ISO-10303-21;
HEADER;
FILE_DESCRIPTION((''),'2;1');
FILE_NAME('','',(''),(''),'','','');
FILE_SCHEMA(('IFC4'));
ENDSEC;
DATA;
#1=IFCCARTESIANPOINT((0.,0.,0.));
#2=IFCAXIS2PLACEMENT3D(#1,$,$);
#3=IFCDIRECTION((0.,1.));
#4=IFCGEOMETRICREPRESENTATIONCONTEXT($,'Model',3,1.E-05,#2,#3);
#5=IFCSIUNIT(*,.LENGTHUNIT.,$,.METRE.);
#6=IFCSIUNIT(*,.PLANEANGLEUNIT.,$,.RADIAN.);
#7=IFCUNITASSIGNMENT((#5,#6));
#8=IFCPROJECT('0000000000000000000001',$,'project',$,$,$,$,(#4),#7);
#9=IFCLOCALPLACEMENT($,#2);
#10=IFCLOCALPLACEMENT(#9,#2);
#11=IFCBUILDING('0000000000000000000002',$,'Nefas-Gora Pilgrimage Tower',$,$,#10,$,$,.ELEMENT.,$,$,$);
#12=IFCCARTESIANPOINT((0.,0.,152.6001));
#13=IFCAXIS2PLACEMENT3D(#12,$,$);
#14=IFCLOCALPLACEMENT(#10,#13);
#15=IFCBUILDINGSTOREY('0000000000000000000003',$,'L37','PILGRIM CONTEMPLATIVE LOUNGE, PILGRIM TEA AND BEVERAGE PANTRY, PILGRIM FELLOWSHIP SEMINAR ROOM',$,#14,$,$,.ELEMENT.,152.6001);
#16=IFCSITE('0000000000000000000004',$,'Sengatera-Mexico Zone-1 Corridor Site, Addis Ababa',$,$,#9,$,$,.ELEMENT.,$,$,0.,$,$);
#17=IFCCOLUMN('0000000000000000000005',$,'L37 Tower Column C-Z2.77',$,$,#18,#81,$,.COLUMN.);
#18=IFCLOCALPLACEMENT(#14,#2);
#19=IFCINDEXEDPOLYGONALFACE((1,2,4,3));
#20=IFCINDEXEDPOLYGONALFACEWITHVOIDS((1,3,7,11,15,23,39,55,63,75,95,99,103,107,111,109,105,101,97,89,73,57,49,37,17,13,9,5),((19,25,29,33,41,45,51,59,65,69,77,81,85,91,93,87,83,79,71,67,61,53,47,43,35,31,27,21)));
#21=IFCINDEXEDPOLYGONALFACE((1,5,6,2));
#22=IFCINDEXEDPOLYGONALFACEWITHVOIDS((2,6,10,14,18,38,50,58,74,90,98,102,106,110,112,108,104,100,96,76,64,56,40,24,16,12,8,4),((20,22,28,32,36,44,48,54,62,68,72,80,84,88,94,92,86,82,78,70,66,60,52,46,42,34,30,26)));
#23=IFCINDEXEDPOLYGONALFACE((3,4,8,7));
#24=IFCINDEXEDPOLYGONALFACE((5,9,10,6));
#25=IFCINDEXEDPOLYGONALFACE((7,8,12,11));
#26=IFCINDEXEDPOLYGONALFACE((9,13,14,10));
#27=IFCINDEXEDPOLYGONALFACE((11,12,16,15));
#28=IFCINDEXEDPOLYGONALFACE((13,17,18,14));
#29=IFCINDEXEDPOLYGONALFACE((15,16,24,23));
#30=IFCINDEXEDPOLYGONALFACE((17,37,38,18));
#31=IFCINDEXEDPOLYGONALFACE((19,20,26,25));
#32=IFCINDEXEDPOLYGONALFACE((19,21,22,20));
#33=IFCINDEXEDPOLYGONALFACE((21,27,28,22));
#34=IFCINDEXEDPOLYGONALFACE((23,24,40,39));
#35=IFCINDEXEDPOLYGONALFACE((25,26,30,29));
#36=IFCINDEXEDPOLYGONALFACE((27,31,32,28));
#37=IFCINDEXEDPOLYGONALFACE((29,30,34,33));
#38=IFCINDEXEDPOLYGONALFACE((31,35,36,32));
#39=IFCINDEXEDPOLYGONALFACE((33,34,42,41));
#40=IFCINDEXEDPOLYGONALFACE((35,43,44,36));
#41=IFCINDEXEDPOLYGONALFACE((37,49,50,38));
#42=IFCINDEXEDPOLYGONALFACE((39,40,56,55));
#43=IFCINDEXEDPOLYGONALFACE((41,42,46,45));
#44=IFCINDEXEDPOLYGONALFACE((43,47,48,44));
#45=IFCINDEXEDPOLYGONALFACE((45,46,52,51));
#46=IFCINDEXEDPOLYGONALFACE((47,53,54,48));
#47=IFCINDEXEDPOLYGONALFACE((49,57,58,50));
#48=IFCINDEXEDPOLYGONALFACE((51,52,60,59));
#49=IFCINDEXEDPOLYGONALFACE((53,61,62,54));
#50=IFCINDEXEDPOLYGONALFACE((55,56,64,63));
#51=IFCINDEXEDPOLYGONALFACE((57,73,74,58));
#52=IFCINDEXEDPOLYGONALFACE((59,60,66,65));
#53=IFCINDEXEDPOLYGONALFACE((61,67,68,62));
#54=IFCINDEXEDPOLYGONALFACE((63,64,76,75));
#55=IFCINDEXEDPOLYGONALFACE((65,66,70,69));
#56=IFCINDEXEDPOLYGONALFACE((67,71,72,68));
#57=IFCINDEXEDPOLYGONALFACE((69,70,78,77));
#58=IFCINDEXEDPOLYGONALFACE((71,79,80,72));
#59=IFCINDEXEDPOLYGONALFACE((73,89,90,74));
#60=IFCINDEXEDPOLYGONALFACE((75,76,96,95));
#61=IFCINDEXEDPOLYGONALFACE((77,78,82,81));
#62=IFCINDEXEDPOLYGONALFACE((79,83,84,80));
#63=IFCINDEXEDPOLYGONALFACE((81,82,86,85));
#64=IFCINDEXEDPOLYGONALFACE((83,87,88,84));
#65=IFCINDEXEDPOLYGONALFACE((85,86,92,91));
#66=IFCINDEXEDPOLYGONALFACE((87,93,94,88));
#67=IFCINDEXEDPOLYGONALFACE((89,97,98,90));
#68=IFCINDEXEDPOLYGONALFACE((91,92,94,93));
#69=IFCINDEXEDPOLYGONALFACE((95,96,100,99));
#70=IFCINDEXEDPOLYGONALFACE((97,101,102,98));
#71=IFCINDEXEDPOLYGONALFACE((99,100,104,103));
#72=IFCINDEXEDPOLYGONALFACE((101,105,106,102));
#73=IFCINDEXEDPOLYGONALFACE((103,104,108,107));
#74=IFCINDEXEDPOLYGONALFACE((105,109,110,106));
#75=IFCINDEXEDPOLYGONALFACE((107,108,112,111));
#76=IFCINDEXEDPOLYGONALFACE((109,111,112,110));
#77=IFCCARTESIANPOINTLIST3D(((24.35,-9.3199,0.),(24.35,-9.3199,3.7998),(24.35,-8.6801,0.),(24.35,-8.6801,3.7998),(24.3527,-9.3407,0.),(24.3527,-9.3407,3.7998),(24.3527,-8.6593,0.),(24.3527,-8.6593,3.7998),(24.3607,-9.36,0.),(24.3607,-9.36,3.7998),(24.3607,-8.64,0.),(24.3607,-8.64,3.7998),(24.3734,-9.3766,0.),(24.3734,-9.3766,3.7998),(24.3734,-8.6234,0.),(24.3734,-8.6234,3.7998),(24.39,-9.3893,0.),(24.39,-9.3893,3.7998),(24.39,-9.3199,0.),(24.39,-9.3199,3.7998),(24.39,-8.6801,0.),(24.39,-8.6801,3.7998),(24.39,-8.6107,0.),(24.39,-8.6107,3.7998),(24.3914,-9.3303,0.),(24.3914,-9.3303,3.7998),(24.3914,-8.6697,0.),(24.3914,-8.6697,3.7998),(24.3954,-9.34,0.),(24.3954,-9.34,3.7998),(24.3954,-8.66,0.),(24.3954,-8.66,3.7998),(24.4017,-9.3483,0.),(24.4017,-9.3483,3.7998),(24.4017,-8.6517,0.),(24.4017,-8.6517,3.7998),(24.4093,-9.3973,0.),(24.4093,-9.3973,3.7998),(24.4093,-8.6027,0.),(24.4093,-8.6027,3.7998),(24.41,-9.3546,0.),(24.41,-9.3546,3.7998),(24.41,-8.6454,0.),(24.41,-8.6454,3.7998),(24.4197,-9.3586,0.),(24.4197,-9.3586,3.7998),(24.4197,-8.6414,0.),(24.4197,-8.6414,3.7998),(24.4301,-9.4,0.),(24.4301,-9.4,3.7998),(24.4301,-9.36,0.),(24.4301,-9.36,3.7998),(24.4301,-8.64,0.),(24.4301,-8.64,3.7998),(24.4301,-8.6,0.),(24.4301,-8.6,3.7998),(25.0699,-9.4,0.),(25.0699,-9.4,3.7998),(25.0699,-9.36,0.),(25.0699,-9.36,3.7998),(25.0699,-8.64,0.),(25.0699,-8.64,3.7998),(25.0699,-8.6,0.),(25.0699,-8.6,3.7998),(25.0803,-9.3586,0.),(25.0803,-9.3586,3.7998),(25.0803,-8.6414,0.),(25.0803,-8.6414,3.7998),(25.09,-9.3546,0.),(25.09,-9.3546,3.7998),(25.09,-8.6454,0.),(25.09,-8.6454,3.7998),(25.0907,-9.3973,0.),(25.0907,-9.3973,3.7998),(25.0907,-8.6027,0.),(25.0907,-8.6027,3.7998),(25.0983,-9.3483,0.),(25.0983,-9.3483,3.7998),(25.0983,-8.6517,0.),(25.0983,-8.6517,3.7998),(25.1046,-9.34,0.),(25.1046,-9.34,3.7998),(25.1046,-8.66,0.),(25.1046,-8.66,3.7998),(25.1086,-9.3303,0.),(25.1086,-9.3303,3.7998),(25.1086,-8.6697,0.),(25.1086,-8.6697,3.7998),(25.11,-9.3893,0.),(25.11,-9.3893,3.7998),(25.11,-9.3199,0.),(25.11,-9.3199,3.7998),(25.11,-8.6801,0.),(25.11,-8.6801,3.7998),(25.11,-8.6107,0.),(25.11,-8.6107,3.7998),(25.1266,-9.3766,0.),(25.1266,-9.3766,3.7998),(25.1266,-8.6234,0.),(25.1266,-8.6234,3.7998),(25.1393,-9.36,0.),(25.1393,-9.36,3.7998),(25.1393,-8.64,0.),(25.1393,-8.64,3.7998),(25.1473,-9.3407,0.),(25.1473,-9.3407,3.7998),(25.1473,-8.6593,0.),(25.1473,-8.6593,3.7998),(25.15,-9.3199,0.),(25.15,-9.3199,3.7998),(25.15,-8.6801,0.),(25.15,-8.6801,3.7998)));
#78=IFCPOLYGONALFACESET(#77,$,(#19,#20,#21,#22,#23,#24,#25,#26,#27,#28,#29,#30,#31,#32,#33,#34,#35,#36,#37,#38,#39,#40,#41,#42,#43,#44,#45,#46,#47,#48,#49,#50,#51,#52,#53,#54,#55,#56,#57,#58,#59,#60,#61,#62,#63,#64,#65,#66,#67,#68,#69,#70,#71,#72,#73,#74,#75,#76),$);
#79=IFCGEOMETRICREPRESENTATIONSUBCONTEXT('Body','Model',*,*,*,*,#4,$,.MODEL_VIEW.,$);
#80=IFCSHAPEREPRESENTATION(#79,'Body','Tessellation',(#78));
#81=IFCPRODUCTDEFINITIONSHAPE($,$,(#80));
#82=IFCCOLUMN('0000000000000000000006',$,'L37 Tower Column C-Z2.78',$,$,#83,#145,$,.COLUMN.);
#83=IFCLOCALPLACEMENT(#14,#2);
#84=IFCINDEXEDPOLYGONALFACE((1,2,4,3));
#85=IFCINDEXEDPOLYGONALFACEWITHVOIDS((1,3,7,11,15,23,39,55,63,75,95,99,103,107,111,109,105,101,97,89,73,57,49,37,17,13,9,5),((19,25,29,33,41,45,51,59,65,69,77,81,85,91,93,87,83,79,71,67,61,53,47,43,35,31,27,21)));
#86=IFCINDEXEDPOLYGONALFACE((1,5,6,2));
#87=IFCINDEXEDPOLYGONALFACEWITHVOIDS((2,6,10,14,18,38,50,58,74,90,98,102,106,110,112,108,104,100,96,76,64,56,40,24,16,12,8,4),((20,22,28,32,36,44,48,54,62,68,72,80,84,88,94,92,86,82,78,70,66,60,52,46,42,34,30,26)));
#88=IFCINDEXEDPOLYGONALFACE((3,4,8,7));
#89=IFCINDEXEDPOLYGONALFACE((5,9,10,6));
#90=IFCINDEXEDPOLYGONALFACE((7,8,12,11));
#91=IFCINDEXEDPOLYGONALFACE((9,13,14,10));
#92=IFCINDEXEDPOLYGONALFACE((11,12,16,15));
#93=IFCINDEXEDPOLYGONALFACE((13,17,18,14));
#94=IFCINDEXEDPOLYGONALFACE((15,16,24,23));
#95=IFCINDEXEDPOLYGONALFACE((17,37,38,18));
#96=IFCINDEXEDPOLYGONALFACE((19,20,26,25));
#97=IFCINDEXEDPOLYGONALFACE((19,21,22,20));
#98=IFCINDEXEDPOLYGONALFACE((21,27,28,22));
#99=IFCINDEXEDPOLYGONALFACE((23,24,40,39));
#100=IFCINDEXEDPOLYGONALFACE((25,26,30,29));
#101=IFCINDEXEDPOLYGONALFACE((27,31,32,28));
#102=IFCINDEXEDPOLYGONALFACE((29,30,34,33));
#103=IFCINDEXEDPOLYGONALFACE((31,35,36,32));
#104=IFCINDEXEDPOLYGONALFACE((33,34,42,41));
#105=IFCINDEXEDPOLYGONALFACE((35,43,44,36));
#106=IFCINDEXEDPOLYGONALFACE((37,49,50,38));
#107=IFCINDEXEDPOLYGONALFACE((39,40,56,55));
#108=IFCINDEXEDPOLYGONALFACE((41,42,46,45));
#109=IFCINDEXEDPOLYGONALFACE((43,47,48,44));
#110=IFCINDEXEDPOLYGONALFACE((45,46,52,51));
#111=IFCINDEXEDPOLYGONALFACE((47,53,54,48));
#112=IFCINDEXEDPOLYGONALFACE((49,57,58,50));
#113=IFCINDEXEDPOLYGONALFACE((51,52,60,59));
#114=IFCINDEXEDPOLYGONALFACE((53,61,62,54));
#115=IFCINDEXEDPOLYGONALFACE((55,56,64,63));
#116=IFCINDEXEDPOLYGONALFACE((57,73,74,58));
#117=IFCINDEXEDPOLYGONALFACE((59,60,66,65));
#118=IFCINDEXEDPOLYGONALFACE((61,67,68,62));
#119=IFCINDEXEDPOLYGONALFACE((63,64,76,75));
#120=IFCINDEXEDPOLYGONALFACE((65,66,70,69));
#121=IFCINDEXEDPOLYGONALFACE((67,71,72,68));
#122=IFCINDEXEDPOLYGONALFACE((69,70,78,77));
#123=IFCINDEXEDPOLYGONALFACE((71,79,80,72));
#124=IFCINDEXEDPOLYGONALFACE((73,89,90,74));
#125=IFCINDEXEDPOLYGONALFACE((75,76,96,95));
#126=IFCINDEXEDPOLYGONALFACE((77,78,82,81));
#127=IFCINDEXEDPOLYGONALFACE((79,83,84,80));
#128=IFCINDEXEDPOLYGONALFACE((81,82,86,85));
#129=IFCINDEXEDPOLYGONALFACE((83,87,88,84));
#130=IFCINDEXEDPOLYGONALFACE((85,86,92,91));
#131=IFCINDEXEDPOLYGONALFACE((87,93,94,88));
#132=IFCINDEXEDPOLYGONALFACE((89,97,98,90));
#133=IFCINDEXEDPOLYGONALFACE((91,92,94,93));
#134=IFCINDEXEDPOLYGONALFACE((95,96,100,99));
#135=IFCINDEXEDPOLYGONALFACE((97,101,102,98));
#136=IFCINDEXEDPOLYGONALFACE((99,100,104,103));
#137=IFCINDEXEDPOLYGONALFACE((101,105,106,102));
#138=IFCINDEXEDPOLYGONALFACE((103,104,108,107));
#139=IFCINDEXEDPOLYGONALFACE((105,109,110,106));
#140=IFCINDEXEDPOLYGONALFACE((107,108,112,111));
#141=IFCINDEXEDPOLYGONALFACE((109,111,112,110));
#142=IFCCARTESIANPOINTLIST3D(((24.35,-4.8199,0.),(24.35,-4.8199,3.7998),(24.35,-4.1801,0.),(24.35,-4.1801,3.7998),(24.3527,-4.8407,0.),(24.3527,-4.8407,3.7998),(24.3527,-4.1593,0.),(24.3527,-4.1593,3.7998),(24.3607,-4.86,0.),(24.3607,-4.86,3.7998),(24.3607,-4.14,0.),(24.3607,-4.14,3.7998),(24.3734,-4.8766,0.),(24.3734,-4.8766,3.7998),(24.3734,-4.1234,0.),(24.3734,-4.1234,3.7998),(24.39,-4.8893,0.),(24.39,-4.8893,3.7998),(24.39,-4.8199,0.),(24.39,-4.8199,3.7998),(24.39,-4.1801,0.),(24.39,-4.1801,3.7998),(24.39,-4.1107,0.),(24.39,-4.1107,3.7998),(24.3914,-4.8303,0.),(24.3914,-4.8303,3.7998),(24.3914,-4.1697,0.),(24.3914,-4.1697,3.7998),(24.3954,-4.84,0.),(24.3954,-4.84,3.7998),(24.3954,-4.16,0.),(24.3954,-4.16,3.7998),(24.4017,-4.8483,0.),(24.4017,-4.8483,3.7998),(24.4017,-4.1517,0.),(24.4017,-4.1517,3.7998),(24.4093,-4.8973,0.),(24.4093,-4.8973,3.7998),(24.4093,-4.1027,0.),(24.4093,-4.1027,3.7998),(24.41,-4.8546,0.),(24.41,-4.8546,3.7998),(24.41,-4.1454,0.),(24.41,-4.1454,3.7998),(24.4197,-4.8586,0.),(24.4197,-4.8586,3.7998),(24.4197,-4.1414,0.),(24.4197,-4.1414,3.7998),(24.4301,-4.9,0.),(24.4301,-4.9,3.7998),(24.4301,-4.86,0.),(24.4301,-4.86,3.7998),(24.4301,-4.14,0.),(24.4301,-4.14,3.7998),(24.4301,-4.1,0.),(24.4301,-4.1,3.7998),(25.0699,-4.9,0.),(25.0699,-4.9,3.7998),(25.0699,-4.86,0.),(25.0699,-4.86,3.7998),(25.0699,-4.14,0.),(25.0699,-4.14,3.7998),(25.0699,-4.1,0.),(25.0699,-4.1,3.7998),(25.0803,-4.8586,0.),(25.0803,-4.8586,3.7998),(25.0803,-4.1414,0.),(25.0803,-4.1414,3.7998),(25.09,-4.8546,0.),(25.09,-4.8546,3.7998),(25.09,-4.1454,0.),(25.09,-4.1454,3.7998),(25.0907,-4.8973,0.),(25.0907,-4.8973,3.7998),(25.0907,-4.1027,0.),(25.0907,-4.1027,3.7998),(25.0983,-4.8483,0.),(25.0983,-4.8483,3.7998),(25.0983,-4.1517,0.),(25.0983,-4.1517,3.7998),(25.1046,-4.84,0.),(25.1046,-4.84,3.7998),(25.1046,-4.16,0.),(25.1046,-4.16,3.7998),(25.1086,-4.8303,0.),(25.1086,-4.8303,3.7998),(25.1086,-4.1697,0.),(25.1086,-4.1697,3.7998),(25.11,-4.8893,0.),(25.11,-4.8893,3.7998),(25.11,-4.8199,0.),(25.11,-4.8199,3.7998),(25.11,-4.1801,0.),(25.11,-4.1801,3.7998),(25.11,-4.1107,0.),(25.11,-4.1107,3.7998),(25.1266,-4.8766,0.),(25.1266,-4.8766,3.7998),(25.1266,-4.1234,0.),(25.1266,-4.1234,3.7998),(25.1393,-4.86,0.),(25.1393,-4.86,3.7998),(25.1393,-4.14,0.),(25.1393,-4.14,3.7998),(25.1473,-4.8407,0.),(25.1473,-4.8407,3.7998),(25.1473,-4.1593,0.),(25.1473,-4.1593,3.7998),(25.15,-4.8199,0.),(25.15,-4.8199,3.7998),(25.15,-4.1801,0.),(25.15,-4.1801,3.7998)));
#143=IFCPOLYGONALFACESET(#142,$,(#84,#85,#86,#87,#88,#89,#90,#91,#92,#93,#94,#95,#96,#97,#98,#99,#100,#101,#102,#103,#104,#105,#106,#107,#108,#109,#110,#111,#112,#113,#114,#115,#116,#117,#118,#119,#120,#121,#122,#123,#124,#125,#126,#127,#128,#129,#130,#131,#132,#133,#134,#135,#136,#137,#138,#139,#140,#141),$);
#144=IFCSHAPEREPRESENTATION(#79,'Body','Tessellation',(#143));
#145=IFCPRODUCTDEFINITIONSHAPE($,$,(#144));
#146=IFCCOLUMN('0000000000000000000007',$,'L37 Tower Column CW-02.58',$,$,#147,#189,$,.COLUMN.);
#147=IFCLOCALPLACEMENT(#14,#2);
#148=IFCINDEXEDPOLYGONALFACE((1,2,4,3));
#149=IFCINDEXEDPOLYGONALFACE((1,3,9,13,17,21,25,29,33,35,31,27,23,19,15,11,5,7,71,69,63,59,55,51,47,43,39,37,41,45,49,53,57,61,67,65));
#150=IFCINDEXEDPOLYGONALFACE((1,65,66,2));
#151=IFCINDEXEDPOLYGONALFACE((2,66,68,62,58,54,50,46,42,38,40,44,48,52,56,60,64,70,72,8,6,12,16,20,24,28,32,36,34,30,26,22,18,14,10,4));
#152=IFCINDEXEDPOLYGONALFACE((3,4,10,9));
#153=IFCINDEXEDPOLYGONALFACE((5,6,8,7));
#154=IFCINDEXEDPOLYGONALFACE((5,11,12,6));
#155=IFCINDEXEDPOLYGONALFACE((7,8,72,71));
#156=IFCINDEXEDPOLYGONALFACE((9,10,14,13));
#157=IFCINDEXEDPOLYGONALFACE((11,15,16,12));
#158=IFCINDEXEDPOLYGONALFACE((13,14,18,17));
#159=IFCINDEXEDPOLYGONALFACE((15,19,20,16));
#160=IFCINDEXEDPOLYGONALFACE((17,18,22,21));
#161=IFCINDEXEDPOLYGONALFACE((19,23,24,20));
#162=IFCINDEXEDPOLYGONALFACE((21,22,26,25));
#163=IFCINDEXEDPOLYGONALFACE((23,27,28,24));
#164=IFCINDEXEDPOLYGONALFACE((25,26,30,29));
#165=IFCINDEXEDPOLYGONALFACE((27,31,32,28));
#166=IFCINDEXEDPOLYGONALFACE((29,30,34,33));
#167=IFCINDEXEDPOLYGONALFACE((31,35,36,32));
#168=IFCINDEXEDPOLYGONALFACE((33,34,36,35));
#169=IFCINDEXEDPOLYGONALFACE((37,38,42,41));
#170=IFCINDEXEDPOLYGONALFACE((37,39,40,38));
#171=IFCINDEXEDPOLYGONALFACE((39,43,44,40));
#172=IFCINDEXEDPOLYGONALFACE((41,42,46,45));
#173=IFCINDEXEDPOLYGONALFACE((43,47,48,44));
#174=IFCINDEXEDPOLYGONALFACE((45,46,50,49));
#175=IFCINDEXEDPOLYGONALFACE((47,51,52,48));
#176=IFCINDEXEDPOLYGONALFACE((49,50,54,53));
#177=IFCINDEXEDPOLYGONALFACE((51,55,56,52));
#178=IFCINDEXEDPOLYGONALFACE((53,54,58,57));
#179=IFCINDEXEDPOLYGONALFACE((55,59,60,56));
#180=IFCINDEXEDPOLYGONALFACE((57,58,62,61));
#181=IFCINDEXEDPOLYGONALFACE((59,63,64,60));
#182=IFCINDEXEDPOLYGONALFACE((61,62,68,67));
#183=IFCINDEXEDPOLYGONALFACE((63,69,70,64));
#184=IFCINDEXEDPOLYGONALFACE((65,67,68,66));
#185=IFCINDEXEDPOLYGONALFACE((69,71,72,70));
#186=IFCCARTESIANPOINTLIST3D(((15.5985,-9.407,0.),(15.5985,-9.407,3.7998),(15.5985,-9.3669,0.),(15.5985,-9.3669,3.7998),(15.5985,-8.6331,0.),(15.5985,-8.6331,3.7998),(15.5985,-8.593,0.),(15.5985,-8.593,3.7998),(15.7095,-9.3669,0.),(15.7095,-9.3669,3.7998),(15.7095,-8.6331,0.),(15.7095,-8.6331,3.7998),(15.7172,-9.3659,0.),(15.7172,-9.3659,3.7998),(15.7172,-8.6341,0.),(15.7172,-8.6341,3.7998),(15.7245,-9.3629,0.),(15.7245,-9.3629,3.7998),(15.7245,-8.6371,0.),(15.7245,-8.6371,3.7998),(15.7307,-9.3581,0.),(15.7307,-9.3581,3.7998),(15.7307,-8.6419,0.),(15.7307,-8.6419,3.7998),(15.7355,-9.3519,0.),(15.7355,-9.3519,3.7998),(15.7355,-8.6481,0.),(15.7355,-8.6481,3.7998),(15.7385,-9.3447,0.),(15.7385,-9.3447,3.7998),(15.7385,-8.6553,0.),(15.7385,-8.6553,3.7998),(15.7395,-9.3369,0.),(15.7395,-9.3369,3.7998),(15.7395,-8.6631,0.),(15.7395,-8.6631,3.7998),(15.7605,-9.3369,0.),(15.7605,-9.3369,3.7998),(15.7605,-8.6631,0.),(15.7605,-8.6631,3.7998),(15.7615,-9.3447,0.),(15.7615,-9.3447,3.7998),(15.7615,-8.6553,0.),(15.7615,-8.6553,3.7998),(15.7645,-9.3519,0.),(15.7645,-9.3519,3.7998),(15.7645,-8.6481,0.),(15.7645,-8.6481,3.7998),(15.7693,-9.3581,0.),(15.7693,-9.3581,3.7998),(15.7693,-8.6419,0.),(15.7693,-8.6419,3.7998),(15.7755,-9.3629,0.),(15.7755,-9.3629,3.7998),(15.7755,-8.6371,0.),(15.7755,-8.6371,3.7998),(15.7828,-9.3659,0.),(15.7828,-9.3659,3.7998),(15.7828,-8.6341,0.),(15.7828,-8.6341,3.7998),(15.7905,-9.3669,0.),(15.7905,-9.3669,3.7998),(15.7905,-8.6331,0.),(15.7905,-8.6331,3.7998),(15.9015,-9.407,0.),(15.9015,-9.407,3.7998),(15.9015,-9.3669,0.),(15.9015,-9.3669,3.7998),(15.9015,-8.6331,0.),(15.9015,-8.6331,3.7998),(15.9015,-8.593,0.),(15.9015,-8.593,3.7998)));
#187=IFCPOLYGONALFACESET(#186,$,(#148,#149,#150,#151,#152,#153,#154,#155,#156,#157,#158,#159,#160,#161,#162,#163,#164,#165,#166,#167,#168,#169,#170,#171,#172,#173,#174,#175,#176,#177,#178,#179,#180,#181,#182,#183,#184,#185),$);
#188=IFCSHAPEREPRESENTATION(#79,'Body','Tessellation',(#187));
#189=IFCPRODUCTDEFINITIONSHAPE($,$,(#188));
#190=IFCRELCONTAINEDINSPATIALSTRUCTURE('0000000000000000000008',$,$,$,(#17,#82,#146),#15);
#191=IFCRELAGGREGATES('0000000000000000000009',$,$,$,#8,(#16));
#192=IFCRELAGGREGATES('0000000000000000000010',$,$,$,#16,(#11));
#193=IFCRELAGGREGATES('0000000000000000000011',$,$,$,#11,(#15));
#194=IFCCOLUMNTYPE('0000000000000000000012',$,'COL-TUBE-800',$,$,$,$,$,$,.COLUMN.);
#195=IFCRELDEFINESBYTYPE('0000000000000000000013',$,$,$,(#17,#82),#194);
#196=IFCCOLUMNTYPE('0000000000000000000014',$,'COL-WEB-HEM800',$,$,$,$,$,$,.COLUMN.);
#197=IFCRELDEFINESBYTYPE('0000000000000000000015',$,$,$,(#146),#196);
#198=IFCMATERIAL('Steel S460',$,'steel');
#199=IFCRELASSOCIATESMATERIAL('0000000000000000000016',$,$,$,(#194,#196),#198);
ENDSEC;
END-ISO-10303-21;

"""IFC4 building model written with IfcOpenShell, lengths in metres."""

from ifc_helpers import new_model, si_unit, direction, frame, origin, origin_2d, place, context, subcontext, project, spatial, hollow_rectangle, i_section, extrude, source, transform, mapped, material, material_profile, profile_set, type_object, element, save


model = new_model("IFC4")

# Units and contexts
model_context = context("Model", 3, precision=1e-05, world=origin(), true_north=direction((0.0, 1.0)))
body_context = subcontext(model_context, "Body", "Model", "MODEL_VIEW")
ifc_project = project(units=[si_unit("LENGTHUNIT", "METRE"), si_unit("PLANEANGLEUNIT", "RADIAN")], contexts=[model_context])

# Site, building, storey
site_placement = place(None, origin())
site = spatial("IfcSite", under=ifc_project, at=site_placement, Name="Sengatera-Mexico Zone-1 Corridor Site, Addis Ababa", CompositionType="ELEMENT", RefElevation=0.0)
building_placement = place(site_placement, origin())
building = spatial("IfcBuilding", under=site, at=building_placement, Name="Nefas-Gora Pilgrimage Tower", CompositionType="ELEMENT")
storey_placement = place(building_placement, frame((0.0, 0.0, 152.6001)))
storey = spatial("IfcBuildingStorey", under=building, at=storey_placement, Name="L37", Description="PILGRIM CONTEMPLATIVE LOUNGE, PILGRIM TEA AND BEVERAGE PANTRY, PILGRIM FELLOWSHIP SEMINAR ROOM", CompositionType="ELEMENT", Elevation=152.6001)

# Columns
ifc_material_1 = material(Name="Steel S460", Category="steel")
ifc_material_profile_1 = material_profile(ifc_material_1, hollow_rectangle(XDim=0.8, YDim=0.8, WallThickness=0.04, InnerFilletRadius=0.04, OuterFilletRadius=0.0801, at=origin_2d()), Name="BOX 800x800x40")
ifc_profile_set_1 = profile_set([ifc_material_profile_1], Name="Steel S460")
column_type_1 = type_object("IfcColumnType", Name="COL-TUBE-800", PredefinedType="COLUMN", material=ifc_profile_set_1)
shared_shape_1 = source(origin(), body_context, "Body", "SweptSolid", [
    extrude(hollow_rectangle(XDim=0.8, YDim=0.8, WallThickness=0.04, InnerFilletRadius=0.04, OuterFilletRadius=0.0801, at=origin_2d()), origin(), (0.0, 0.0, 1.0), 3.7998),
])
for number, where, z_axis, x_axis, name in (
    (1, (24.75, -9.0, 0.0), (0.0, 0.0, 1.0), (1.0, 0.0, 0.0), "L37 Tower Column C-Z2.77"),
    (2, (24.75, -4.5, 0.0), (0.0, 0.0, 1.0), (1.0, 0.0, 0.0), "L37 Tower Column C-Z2.78"),
):
    element("IfcColumn", number, at=place(storey_placement, frame(where, z_axis=z_axis, x_axis=x_axis)), inside=storey, type_object=column_type_1, Name=name, PredefinedType="COLUMN", context=body_context, shape_type="MappedRepresentation", body=[
        mapped(shared_shape_1, transform((0.0, 0.0, 0.0), x_axis=(1.0, 0.0, 0.0), y_axis=(0.0, 1.0, 0.0), z_axis=(0.0, 0.0, 1.0), scale=1.0)),
    ])
ifc_material_profile_2 = material_profile(ifc_material_1, i_section(OverallWidth=0.303, OverallDepth=0.814, WebThickness=0.021, FlangeThickness=0.04, FilletRadius=0.03, at=origin_2d()), Name="HEM 800")
ifc_profile_set_2 = profile_set([ifc_material_profile_2], Name="Steel S460")
column_type_2 = type_object("IfcColumnType", Name="COL-WEB-HEM800", PredefinedType="COLUMN", material=ifc_profile_set_2)
shared_shape_2 = source(origin(), body_context, "Body", "SweptSolid", [
    extrude(i_section(OverallWidth=0.303, OverallDepth=0.814, WebThickness=0.021, FlangeThickness=0.04, FilletRadius=0.03, at=origin_2d()), origin(), (0.0, 0.0, 1.0), 3.7998),
])
for number, where, z_axis, x_axis, name in (
    (3, (15.75, -9.0, 0.0), (0.0, 0.0, 1.0), (1.0, 0.0, 0.0), "L37 Tower Column CW-02.58"),
):
    element("IfcColumn", number, at=place(storey_placement, frame(where, z_axis=z_axis, x_axis=x_axis)), inside=storey, type_object=column_type_2, Name=name, PredefinedType="COLUMN", context=body_context, shape_type="MappedRepresentation", body=[
        mapped(shared_shape_2, transform((0.0, 0.0, 0.0), x_axis=(1.0, 0.0, 0.0), y_axis=(0.0, 1.0, 0.0), z_axis=(0.0, 0.0, 1.0), scale=1.0)),
    ])

save(model, "model.ifc")
